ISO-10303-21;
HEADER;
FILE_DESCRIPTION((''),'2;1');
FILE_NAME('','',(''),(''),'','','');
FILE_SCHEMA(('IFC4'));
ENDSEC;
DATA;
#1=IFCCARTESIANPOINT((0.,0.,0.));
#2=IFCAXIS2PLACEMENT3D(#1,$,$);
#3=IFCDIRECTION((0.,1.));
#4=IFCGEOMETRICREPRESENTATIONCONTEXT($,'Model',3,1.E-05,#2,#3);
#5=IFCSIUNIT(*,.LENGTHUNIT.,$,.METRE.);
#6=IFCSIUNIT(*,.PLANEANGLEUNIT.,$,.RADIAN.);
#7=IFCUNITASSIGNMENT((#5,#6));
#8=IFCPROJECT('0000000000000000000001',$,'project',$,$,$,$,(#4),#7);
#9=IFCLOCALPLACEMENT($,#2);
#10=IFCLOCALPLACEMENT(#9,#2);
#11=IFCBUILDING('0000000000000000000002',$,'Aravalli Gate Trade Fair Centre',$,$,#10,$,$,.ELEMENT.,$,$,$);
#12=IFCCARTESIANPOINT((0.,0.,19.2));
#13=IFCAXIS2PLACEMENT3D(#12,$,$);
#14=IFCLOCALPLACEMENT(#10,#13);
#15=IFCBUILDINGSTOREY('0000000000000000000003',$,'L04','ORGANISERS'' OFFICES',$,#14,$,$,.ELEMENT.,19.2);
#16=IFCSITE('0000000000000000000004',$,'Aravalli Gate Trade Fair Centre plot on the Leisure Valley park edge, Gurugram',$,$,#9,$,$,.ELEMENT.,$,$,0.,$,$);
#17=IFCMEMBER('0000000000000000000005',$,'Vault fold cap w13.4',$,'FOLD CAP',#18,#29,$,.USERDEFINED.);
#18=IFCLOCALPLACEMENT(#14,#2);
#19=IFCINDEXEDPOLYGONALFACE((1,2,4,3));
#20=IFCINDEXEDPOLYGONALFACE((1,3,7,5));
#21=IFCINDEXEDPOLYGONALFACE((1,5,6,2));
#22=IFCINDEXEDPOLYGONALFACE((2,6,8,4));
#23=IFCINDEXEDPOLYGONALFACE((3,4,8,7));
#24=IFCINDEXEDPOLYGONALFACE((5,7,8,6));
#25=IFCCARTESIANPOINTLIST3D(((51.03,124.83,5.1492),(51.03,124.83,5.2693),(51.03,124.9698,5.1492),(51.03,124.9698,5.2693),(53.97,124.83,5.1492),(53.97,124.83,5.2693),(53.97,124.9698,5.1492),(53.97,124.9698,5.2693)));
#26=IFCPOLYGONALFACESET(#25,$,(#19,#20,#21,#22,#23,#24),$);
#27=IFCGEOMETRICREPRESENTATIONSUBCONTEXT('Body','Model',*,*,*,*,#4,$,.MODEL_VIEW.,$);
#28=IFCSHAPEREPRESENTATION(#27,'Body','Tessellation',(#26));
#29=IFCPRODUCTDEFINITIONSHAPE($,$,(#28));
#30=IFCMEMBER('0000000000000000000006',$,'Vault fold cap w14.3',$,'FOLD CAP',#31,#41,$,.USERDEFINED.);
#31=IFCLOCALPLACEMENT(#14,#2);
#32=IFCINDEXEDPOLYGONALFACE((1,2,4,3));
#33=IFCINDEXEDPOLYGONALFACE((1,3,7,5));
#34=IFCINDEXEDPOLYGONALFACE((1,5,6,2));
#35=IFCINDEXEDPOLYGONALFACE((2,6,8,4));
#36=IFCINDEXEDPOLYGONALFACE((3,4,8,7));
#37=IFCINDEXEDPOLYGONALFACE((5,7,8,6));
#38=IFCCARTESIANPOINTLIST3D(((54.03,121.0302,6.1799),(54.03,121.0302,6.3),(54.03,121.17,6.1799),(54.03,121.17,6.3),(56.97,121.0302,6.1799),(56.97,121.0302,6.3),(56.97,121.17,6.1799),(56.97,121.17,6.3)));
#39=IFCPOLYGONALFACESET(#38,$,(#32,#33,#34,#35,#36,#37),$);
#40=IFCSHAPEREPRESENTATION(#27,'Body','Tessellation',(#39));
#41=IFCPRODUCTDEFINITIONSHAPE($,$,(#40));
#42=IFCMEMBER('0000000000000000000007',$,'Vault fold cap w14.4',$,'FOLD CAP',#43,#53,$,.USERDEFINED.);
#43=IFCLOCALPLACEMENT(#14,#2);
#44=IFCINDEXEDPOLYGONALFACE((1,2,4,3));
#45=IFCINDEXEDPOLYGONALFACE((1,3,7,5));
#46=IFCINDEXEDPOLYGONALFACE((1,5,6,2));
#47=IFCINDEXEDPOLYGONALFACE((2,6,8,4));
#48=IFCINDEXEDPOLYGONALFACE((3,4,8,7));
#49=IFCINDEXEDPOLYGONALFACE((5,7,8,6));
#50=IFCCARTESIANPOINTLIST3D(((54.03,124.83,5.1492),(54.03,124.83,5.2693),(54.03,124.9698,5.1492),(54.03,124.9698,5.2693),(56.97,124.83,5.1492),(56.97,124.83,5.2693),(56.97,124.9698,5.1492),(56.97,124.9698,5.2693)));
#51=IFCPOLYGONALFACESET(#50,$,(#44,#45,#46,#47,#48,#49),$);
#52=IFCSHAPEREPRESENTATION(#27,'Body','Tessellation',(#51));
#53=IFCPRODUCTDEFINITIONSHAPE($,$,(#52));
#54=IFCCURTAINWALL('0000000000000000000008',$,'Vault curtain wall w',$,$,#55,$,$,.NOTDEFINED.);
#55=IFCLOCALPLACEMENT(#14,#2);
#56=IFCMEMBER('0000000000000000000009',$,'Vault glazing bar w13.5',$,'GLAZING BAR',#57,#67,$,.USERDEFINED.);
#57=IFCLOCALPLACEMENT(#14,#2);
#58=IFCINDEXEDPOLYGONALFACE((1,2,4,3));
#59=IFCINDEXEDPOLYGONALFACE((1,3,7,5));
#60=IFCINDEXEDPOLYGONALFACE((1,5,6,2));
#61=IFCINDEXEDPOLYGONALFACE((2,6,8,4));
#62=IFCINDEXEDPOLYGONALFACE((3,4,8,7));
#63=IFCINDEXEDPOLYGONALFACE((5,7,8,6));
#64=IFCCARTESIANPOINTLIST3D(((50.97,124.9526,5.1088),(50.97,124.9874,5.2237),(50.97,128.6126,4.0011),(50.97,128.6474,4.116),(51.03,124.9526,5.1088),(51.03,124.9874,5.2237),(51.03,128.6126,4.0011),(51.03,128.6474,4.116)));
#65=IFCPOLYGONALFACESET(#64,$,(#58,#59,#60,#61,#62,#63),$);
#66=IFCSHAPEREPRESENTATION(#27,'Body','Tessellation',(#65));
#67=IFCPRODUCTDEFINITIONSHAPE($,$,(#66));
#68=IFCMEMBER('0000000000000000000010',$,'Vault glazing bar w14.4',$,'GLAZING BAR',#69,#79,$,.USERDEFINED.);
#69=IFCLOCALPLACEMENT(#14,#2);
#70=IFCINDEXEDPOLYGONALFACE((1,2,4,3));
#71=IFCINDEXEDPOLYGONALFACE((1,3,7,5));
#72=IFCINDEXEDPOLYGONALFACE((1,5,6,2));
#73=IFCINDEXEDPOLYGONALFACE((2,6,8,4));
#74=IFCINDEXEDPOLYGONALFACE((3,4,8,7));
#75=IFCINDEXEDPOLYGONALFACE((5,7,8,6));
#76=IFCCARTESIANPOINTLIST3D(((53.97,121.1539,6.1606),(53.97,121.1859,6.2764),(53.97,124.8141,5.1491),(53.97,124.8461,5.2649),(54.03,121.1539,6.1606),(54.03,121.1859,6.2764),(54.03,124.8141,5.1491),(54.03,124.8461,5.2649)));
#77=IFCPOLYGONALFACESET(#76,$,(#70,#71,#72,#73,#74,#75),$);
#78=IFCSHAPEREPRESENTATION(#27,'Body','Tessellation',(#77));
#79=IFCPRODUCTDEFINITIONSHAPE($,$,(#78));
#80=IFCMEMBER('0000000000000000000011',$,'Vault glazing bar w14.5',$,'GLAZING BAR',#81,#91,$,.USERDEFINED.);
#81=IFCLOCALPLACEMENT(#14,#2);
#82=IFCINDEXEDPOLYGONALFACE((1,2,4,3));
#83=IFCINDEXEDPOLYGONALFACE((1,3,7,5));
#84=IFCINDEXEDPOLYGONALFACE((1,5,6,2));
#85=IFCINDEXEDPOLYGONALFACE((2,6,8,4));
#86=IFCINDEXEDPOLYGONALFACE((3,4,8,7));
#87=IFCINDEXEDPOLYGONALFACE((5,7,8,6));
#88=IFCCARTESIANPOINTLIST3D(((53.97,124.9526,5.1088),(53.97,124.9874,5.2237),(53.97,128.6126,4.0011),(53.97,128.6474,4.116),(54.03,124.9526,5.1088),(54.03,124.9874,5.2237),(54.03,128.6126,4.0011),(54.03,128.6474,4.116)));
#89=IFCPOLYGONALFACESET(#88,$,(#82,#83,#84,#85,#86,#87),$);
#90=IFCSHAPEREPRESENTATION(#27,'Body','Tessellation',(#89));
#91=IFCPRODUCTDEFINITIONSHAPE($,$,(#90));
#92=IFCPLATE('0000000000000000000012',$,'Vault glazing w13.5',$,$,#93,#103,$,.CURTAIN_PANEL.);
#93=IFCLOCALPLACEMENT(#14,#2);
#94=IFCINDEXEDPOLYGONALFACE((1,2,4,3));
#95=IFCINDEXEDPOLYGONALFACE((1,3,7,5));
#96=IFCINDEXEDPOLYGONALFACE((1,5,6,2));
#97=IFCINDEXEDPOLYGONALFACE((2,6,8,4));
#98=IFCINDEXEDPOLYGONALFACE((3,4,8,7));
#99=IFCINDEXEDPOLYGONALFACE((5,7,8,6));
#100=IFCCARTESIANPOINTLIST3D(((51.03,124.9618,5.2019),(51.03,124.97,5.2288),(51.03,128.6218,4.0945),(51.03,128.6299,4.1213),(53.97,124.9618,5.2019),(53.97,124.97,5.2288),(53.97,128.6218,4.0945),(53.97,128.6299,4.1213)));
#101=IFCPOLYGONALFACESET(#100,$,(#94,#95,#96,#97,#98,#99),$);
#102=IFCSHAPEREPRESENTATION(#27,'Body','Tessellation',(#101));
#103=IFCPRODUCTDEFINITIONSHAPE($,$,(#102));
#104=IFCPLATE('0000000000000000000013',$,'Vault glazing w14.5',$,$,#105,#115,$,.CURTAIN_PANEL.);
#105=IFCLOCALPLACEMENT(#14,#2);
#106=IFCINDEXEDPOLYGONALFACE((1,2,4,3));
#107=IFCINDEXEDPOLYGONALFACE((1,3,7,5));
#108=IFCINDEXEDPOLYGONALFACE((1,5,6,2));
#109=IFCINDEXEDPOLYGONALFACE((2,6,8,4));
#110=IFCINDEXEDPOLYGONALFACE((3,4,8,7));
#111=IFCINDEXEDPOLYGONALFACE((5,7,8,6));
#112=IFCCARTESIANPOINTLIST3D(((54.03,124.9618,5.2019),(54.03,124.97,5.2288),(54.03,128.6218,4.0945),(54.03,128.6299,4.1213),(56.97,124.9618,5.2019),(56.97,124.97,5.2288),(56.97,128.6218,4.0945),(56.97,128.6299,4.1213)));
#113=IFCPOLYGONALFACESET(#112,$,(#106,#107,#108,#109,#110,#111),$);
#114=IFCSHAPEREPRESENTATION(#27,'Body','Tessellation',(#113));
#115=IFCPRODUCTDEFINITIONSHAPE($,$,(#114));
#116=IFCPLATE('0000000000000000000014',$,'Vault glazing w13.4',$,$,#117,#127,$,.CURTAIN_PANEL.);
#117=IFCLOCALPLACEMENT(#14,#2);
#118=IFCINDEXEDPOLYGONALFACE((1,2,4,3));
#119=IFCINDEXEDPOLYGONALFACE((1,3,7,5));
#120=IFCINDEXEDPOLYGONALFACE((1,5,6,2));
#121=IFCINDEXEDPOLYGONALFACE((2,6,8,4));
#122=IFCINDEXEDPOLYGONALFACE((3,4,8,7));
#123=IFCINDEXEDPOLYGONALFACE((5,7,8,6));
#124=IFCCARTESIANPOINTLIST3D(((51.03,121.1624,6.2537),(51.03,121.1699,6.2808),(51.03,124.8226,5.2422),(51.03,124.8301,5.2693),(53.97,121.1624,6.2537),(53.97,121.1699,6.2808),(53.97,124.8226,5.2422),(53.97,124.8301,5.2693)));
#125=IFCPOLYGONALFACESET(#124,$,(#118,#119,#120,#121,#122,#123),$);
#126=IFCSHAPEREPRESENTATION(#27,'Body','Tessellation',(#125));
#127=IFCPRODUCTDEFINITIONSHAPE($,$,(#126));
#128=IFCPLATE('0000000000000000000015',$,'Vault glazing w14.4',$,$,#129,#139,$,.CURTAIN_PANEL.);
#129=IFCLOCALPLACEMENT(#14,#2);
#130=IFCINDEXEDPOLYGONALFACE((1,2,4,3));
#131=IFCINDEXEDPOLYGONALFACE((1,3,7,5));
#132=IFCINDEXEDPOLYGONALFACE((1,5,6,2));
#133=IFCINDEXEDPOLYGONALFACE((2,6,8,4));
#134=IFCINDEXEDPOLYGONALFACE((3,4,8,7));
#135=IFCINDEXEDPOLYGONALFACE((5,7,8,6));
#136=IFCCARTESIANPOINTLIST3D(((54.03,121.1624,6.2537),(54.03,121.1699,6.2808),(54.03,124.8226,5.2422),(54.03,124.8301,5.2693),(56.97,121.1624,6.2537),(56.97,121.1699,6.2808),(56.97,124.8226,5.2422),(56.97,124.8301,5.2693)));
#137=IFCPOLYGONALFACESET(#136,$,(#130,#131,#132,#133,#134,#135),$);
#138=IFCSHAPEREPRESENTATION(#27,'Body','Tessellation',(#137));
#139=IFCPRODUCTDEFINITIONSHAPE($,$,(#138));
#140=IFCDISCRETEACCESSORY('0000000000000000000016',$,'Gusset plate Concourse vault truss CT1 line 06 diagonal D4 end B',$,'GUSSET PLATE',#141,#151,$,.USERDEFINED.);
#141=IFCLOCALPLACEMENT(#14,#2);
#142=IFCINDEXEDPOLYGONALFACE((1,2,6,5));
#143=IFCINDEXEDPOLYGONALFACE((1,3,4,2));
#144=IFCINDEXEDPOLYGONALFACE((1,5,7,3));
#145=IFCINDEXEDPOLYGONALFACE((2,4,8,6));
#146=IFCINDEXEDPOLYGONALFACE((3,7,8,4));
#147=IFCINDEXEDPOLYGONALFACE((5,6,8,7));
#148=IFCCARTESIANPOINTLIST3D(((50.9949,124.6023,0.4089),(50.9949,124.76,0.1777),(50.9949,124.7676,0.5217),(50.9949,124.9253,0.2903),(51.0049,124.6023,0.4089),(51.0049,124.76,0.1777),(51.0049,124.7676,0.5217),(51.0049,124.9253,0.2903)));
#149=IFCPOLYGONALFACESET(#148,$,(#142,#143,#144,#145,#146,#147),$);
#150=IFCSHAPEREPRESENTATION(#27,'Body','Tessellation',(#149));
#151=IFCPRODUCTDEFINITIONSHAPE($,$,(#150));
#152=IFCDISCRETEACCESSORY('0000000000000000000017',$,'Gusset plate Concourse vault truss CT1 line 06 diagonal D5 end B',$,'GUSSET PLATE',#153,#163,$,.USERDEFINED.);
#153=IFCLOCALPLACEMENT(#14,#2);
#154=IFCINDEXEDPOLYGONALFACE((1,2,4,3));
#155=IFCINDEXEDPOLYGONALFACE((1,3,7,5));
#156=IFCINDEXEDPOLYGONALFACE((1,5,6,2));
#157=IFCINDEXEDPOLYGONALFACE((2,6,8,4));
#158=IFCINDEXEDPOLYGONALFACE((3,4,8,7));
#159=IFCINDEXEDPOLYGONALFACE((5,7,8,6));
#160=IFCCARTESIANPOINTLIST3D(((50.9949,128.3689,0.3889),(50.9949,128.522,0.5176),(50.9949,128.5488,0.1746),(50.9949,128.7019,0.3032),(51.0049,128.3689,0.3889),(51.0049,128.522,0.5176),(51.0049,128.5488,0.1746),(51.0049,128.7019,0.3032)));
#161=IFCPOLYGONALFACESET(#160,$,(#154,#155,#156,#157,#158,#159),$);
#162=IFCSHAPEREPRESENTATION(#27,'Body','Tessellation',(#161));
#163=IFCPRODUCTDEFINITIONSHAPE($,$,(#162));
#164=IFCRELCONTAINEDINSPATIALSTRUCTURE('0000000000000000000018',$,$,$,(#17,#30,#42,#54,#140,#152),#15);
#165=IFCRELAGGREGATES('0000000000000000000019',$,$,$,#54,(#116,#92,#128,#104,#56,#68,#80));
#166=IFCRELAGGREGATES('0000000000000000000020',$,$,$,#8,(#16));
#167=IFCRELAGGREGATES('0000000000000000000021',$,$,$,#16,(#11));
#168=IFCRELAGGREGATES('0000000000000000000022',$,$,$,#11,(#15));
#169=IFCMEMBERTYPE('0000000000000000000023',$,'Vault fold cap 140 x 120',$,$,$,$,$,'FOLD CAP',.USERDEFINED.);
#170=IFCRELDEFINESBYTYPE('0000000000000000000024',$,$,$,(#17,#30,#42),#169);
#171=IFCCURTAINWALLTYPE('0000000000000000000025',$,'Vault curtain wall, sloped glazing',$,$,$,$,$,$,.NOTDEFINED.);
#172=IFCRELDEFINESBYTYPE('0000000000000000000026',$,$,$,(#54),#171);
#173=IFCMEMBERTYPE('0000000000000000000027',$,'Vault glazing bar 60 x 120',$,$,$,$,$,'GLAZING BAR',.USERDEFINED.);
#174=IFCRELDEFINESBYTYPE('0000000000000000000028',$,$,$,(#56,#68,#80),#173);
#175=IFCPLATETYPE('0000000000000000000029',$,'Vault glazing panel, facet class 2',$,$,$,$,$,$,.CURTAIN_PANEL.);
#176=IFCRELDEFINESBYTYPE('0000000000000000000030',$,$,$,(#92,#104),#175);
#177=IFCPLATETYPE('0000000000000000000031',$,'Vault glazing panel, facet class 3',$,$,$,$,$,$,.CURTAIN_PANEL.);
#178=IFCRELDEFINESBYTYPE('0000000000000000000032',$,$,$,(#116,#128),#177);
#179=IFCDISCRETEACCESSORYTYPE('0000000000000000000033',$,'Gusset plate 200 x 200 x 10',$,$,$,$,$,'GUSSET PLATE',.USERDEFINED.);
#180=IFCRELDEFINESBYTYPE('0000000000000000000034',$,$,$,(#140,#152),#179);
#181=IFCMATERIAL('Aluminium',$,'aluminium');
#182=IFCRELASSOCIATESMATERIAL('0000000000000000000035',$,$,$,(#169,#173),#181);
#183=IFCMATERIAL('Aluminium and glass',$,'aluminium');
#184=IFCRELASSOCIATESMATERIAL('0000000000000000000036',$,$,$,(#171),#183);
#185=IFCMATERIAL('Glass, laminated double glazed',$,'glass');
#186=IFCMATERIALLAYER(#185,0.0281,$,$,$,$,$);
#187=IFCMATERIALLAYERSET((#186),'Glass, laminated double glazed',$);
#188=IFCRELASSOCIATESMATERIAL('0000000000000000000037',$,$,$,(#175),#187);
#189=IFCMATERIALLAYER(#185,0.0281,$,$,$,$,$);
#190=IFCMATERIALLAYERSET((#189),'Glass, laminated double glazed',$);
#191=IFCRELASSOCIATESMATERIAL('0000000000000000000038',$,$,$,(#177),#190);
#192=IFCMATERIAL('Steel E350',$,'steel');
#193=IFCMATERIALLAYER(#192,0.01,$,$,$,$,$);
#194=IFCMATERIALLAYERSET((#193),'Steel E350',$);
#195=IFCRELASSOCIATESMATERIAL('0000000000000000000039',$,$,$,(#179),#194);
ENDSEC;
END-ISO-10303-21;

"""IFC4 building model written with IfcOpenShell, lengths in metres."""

from ifc_helpers import new_model, si_unit, direction, frame, origin, origin_2d, place, context, subcontext, project, spatial, polyline, rectangle, outline, extrude, material, layer, layer_set, material_profile, profile_set, type_object, element, aggregate, save


model = new_model("IFC4")

# Units and contexts
model_context = context("Model", 3, precision=1e-05, world=origin(), true_north=direction((0.0, 1.0)))
body_context = subcontext(model_context, "Body", "Model", "MODEL_VIEW")
ifc_project = project(units=[si_unit("LENGTHUNIT", "METRE"), si_unit("PLANEANGLEUNIT", "RADIAN")], contexts=[model_context])

# Site, building, storey
site_placement = place(None, origin())
site = spatial("IfcSite", under=ifc_project, at=site_placement, Name="Aravalli Gate Trade Fair Centre plot on the Leisure Valley park edge, Gurugram", CompositionType="ELEMENT", RefElevation=0.0)
building_placement = place(site_placement, origin())
building = spatial("IfcBuilding", under=site, at=building_placement, Name="Aravalli Gate Trade Fair Centre", CompositionType="ELEMENT")
storey_placement = place(building_placement, frame((0.0, 0.0, 19.2)))
storey = spatial("IfcBuildingStorey", under=building, at=storey_placement, Name="L04", Description="ORGANISERS' OFFICES", CompositionType="ELEMENT", Elevation=19.2)

# Members
ifc_material_1 = material(Name="Steel E350", Category="steel")
ifc_material_2 = material(Name="Aluminium", Category="aluminium")
ifc_material_profile_1 = material_profile(ifc_material_2, rectangle(XDim=0.1399, YDim=0.1201, at=origin_2d()), Name="Vault fold cap 140 x 120")
ifc_profile_set_1 = profile_set([ifc_material_profile_1], Name="Aluminium")
member_type_1 = type_object("IfcMemberType", Name="Vault fold cap 140 x 120", ElementType="FOLD CAP", PredefinedType="USERDEFINED", material=ifc_profile_set_1)
for number, where, z_axis, x_axis, name in (
    (1, (51.03, 124.8999, 5.2092), (1.0, 0.0, 0.0), (0.0, 1.0, 0.0), "Vault fold cap w13.4"),
    (2, (54.03, 121.1001, 6.24), (1.0, 0.0, 0.0), (0.0, 1.0, 0.0), "Vault fold cap w14.3"),
    (3, (54.03, 124.8999, 5.2092), (1.0, 0.0, 0.0), (0.0, 1.0, 0.0), "Vault fold cap w14.4"),
):
    element("IfcMember", number, at=place(storey_placement, frame(where, z_axis=z_axis, x_axis=x_axis)), inside=storey, type_object=member_type_1, Name=name, ObjectType="FOLD CAP", PredefinedType="USERDEFINED", context=body_context, shape_type="SweptSolid", body=[
        extrude(rectangle(XDim=0.1399, YDim=0.1201, at=origin_2d()), origin(), (0.0, 0.0, 1.0), 2.9399),
    ])

# Curtain wall, members, plates
ifc_material_3 = material(Name="Aluminium and glass", Category="aluminium")
curtain_wall_type = type_object("IfcCurtainWallType", Name="Vault curtain wall, sloped glazing", PredefinedType="NOTDEFINED", material=ifc_material_3)
curtain_wall_placement = place(storey_placement, origin())
curtain_wall = element("IfcCurtainWall", 4, at=curtain_wall_placement, inside=storey, type_object=curtain_wall_type, Name="Vault curtain wall w", PredefinedType="NOTDEFINED")
ifc_material_profile_2 = material_profile(ifc_material_2, rectangle(XDim=0.0601, YDim=0.1201, at=origin_2d()), Name="Vault glazing bar 60 x 120")
ifc_profile_set_2 = profile_set([ifc_material_profile_2], Name="Aluminium")
member_type_2 = type_object("IfcMemberType", Name="Vault glazing bar 60 x 120", ElementType="GLAZING BAR", PredefinedType="USERDEFINED", material=ifc_profile_set_2)
member_1_placement = place(storey_placement, frame((51.0, 124.97, 5.1663), z_axis=(0.0, 0.957126, -0.289672), x_axis=(-1.0, 0.0, 0.0)))
member_1 = element("IfcMember", 5, at=member_1_placement, type_object=member_type_2, Name="Vault glazing bar w13.5", ObjectType="GLAZING BAR", PredefinedType="USERDEFINED", context=body_context, shape_type="SweptSolid", body=[
    extrude(rectangle(XDim=0.0601, YDim=0.1201, at=origin_2d()), origin(), (0.0, 0.0, 1.0), 3.824),
])
member_2_placement = place(storey_placement, frame((54.0, 121.1699, 6.2185), z_axis=(0.0, 0.963873, -0.266364), x_axis=(-1.0, 0.0, 0.0)))
member_2 = element("IfcMember", 6, at=member_2_placement, type_object=member_type_2, Name="Vault glazing bar w14.4", ObjectType="GLAZING BAR", PredefinedType="USERDEFINED", context=body_context, shape_type="SweptSolid", body=[
    extrude(rectangle(XDim=0.0601, YDim=0.1201, at=origin_2d()), origin(), (0.0, 0.0, 1.0), 3.7974),
])
member_3_placement = place(storey_placement, frame((54.0, 124.97, 5.1663), z_axis=(0.0, 0.957126, -0.289672), x_axis=(-1.0, 0.0, 0.0)))
member_3 = element("IfcMember", 7, at=member_3_placement, type_object=member_type_2, Name="Vault glazing bar w14.5", ObjectType="GLAZING BAR", PredefinedType="USERDEFINED", context=body_context, shape_type="SweptSolid", body=[
    extrude(rectangle(XDim=0.0601, YDim=0.1201, at=origin_2d()), origin(), (0.0, 0.0, 1.0), 3.824),
])
ifc_material_4 = material(Name="Glass, laminated double glazed", Category="glass")
ifc_layer_1 = layer(ifc_material_4, 0.0281)
ifc_layer_set_1 = layer_set([ifc_layer_1], Name="Glass, laminated double glazed")
plate_type_1 = type_object("IfcPlateType", Name="Vault glazing panel, facet class 2", PredefinedType="CURTAIN_PANEL", material=ifc_layer_set_1)
plate_1_placement = place(storey_placement, frame((51.03, 124.97, 5.2288), z_axis=(0.0, 0.289614, 0.957144), x_axis=(1.0, 0.0, 0.0)))
plate_1 = element("IfcPlate", 8, at=plate_1_placement, type_object=plate_type_1, Name="Vault glazing w13.5", PredefinedType="CURTAIN_PANEL", context=body_context, shape_type="SweptSolid", body=[
    extrude(outline(polyline([(0.0, 0.0), (2.9399, 0.0), (2.9399, 3.8238), (0.0, 3.8238), (0.0, 0.0)])), origin(), (0.0, 0.0, -1.0), 0.0281),
])
plate_2_placement = place(storey_placement, frame((54.03, 124.97, 5.2288), z_axis=(0.0, 0.289614, 0.957144), x_axis=(1.0, 0.0, 0.0)))
plate_2 = element("IfcPlate", 9, at=plate_2_placement, type_object=plate_type_1, Name="Vault glazing w14.5", PredefinedType="CURTAIN_PANEL", context=body_context, shape_type="SweptSolid", body=[
    extrude(outline(polyline([(0.0, 0.0), (2.9399, 0.0), (2.9399, 3.8238), (0.0, 3.8238), (0.0, 0.0)])), origin(), (0.0, 0.0, -1.0), 0.0281),
])
ifc_layer_2 = layer(ifc_material_4, 0.0281)
ifc_layer_set_2 = layer_set([ifc_layer_2], Name="Glass, laminated double glazed")
plate_type_2 = type_object("IfcPlateType", Name="Vault glazing panel, facet class 3", PredefinedType="CURTAIN_PANEL", material=ifc_layer_set_2)
plate_3_placement = place(storey_placement, frame((51.03, 121.1699, 6.2808), z_axis=(0.0, 0.266364, 0.963873), x_axis=(1.0, 0.0, 0.0)))
plate_3 = element("IfcPlate", 10, at=plate_3_placement, type_object=plate_type_2, Name="Vault glazing w13.4", PredefinedType="CURTAIN_PANEL", context=body_context, shape_type="SweptSolid", body=[
    extrude(outline(polyline([(0.0, 0.0), (2.9399, 0.0), (2.9399, 3.7973), (0.0, 3.7973), (0.0, 0.0)])), origin(), (0.0, 0.0, -1.0), 0.0281),
])
plate_4_placement = place(storey_placement, frame((54.03, 121.1699, 6.2808), z_axis=(0.0, 0.266364, 0.963873), x_axis=(1.0, 0.0, 0.0)))
plate_4 = element("IfcPlate", 11, at=plate_4_placement, type_object=plate_type_2, Name="Vault glazing w14.4", PredefinedType="CURTAIN_PANEL", context=body_context, shape_type="SweptSolid", body=[
    extrude(outline(polyline([(0.0, 0.0), (2.9399, 0.0), (2.9399, 3.7973), (0.0, 3.7973), (0.0, 0.0)])), origin(), (0.0, 0.0, -1.0), 0.0281),
])
aggregate(curtain_wall, [plate_3, plate_1, plate_4, plate_2, member_1, member_2, member_3])

# Discrete accessories
ifc_layer_3 = layer(ifc_material_1, 0.01)
ifc_layer_set_3 = layer_set([ifc_layer_3], Name="Steel E350")
discrete_accessory_type = type_object("IfcDiscreteAccessoryType", Name="Gusset plate 200 x 200 x 10", ElementType="GUSSET PLATE", PredefinedType="USERDEFINED", material=ifc_layer_set_3)
discrete_accessory_1_placement = place(storey_placement, frame((51.0049, 124.6023, 0.4089), z_axis=(1.0, 0.0, 0.0), x_axis=(0.0, 0.563526, -0.826098)))
element("IfcDiscreteAccessory", 12, at=discrete_accessory_1_placement, inside=storey, type_object=discrete_accessory_type, Name="Gusset plate Concourse vault truss CT1 line 06 diagonal D4 end B", ObjectType="GUSSET PLATE", PredefinedType="USERDEFINED", context=body_context, shape_type="SweptSolid", body=[
    extrude(outline(polyline([(0.0, 0.0), (0.2799, 0.0), (0.28, 0.2), (0.0, 0.2001), (0.0, 0.0)])), origin(), (0.0, 0.0, -1.0), 0.01),
])
discrete_accessory_2_placement = place(storey_placement, frame((51.0049, 128.3689, 0.3889), z_axis=(1.0, 0.0, 0.0), x_axis=(0.0, 0.642926, -0.765928)))
element("IfcDiscreteAccessory", 13, at=discrete_accessory_2_placement, inside=storey, type_object=discrete_accessory_type, Name="Gusset plate Concourse vault truss CT1 line 06 diagonal D5 end B", ObjectType="GUSSET PLATE", PredefinedType="USERDEFINED", context=body_context, shape_type="SweptSolid", body=[
    extrude(outline(polyline([(0.0, 0.0), (0.2799, 0.0), (0.2797, 0.2), (-0.0001, 0.2), (0.0, 0.0)])), origin(), (0.0, 0.0, -1.0), 0.01),
])

save(model, "model.ifc")
